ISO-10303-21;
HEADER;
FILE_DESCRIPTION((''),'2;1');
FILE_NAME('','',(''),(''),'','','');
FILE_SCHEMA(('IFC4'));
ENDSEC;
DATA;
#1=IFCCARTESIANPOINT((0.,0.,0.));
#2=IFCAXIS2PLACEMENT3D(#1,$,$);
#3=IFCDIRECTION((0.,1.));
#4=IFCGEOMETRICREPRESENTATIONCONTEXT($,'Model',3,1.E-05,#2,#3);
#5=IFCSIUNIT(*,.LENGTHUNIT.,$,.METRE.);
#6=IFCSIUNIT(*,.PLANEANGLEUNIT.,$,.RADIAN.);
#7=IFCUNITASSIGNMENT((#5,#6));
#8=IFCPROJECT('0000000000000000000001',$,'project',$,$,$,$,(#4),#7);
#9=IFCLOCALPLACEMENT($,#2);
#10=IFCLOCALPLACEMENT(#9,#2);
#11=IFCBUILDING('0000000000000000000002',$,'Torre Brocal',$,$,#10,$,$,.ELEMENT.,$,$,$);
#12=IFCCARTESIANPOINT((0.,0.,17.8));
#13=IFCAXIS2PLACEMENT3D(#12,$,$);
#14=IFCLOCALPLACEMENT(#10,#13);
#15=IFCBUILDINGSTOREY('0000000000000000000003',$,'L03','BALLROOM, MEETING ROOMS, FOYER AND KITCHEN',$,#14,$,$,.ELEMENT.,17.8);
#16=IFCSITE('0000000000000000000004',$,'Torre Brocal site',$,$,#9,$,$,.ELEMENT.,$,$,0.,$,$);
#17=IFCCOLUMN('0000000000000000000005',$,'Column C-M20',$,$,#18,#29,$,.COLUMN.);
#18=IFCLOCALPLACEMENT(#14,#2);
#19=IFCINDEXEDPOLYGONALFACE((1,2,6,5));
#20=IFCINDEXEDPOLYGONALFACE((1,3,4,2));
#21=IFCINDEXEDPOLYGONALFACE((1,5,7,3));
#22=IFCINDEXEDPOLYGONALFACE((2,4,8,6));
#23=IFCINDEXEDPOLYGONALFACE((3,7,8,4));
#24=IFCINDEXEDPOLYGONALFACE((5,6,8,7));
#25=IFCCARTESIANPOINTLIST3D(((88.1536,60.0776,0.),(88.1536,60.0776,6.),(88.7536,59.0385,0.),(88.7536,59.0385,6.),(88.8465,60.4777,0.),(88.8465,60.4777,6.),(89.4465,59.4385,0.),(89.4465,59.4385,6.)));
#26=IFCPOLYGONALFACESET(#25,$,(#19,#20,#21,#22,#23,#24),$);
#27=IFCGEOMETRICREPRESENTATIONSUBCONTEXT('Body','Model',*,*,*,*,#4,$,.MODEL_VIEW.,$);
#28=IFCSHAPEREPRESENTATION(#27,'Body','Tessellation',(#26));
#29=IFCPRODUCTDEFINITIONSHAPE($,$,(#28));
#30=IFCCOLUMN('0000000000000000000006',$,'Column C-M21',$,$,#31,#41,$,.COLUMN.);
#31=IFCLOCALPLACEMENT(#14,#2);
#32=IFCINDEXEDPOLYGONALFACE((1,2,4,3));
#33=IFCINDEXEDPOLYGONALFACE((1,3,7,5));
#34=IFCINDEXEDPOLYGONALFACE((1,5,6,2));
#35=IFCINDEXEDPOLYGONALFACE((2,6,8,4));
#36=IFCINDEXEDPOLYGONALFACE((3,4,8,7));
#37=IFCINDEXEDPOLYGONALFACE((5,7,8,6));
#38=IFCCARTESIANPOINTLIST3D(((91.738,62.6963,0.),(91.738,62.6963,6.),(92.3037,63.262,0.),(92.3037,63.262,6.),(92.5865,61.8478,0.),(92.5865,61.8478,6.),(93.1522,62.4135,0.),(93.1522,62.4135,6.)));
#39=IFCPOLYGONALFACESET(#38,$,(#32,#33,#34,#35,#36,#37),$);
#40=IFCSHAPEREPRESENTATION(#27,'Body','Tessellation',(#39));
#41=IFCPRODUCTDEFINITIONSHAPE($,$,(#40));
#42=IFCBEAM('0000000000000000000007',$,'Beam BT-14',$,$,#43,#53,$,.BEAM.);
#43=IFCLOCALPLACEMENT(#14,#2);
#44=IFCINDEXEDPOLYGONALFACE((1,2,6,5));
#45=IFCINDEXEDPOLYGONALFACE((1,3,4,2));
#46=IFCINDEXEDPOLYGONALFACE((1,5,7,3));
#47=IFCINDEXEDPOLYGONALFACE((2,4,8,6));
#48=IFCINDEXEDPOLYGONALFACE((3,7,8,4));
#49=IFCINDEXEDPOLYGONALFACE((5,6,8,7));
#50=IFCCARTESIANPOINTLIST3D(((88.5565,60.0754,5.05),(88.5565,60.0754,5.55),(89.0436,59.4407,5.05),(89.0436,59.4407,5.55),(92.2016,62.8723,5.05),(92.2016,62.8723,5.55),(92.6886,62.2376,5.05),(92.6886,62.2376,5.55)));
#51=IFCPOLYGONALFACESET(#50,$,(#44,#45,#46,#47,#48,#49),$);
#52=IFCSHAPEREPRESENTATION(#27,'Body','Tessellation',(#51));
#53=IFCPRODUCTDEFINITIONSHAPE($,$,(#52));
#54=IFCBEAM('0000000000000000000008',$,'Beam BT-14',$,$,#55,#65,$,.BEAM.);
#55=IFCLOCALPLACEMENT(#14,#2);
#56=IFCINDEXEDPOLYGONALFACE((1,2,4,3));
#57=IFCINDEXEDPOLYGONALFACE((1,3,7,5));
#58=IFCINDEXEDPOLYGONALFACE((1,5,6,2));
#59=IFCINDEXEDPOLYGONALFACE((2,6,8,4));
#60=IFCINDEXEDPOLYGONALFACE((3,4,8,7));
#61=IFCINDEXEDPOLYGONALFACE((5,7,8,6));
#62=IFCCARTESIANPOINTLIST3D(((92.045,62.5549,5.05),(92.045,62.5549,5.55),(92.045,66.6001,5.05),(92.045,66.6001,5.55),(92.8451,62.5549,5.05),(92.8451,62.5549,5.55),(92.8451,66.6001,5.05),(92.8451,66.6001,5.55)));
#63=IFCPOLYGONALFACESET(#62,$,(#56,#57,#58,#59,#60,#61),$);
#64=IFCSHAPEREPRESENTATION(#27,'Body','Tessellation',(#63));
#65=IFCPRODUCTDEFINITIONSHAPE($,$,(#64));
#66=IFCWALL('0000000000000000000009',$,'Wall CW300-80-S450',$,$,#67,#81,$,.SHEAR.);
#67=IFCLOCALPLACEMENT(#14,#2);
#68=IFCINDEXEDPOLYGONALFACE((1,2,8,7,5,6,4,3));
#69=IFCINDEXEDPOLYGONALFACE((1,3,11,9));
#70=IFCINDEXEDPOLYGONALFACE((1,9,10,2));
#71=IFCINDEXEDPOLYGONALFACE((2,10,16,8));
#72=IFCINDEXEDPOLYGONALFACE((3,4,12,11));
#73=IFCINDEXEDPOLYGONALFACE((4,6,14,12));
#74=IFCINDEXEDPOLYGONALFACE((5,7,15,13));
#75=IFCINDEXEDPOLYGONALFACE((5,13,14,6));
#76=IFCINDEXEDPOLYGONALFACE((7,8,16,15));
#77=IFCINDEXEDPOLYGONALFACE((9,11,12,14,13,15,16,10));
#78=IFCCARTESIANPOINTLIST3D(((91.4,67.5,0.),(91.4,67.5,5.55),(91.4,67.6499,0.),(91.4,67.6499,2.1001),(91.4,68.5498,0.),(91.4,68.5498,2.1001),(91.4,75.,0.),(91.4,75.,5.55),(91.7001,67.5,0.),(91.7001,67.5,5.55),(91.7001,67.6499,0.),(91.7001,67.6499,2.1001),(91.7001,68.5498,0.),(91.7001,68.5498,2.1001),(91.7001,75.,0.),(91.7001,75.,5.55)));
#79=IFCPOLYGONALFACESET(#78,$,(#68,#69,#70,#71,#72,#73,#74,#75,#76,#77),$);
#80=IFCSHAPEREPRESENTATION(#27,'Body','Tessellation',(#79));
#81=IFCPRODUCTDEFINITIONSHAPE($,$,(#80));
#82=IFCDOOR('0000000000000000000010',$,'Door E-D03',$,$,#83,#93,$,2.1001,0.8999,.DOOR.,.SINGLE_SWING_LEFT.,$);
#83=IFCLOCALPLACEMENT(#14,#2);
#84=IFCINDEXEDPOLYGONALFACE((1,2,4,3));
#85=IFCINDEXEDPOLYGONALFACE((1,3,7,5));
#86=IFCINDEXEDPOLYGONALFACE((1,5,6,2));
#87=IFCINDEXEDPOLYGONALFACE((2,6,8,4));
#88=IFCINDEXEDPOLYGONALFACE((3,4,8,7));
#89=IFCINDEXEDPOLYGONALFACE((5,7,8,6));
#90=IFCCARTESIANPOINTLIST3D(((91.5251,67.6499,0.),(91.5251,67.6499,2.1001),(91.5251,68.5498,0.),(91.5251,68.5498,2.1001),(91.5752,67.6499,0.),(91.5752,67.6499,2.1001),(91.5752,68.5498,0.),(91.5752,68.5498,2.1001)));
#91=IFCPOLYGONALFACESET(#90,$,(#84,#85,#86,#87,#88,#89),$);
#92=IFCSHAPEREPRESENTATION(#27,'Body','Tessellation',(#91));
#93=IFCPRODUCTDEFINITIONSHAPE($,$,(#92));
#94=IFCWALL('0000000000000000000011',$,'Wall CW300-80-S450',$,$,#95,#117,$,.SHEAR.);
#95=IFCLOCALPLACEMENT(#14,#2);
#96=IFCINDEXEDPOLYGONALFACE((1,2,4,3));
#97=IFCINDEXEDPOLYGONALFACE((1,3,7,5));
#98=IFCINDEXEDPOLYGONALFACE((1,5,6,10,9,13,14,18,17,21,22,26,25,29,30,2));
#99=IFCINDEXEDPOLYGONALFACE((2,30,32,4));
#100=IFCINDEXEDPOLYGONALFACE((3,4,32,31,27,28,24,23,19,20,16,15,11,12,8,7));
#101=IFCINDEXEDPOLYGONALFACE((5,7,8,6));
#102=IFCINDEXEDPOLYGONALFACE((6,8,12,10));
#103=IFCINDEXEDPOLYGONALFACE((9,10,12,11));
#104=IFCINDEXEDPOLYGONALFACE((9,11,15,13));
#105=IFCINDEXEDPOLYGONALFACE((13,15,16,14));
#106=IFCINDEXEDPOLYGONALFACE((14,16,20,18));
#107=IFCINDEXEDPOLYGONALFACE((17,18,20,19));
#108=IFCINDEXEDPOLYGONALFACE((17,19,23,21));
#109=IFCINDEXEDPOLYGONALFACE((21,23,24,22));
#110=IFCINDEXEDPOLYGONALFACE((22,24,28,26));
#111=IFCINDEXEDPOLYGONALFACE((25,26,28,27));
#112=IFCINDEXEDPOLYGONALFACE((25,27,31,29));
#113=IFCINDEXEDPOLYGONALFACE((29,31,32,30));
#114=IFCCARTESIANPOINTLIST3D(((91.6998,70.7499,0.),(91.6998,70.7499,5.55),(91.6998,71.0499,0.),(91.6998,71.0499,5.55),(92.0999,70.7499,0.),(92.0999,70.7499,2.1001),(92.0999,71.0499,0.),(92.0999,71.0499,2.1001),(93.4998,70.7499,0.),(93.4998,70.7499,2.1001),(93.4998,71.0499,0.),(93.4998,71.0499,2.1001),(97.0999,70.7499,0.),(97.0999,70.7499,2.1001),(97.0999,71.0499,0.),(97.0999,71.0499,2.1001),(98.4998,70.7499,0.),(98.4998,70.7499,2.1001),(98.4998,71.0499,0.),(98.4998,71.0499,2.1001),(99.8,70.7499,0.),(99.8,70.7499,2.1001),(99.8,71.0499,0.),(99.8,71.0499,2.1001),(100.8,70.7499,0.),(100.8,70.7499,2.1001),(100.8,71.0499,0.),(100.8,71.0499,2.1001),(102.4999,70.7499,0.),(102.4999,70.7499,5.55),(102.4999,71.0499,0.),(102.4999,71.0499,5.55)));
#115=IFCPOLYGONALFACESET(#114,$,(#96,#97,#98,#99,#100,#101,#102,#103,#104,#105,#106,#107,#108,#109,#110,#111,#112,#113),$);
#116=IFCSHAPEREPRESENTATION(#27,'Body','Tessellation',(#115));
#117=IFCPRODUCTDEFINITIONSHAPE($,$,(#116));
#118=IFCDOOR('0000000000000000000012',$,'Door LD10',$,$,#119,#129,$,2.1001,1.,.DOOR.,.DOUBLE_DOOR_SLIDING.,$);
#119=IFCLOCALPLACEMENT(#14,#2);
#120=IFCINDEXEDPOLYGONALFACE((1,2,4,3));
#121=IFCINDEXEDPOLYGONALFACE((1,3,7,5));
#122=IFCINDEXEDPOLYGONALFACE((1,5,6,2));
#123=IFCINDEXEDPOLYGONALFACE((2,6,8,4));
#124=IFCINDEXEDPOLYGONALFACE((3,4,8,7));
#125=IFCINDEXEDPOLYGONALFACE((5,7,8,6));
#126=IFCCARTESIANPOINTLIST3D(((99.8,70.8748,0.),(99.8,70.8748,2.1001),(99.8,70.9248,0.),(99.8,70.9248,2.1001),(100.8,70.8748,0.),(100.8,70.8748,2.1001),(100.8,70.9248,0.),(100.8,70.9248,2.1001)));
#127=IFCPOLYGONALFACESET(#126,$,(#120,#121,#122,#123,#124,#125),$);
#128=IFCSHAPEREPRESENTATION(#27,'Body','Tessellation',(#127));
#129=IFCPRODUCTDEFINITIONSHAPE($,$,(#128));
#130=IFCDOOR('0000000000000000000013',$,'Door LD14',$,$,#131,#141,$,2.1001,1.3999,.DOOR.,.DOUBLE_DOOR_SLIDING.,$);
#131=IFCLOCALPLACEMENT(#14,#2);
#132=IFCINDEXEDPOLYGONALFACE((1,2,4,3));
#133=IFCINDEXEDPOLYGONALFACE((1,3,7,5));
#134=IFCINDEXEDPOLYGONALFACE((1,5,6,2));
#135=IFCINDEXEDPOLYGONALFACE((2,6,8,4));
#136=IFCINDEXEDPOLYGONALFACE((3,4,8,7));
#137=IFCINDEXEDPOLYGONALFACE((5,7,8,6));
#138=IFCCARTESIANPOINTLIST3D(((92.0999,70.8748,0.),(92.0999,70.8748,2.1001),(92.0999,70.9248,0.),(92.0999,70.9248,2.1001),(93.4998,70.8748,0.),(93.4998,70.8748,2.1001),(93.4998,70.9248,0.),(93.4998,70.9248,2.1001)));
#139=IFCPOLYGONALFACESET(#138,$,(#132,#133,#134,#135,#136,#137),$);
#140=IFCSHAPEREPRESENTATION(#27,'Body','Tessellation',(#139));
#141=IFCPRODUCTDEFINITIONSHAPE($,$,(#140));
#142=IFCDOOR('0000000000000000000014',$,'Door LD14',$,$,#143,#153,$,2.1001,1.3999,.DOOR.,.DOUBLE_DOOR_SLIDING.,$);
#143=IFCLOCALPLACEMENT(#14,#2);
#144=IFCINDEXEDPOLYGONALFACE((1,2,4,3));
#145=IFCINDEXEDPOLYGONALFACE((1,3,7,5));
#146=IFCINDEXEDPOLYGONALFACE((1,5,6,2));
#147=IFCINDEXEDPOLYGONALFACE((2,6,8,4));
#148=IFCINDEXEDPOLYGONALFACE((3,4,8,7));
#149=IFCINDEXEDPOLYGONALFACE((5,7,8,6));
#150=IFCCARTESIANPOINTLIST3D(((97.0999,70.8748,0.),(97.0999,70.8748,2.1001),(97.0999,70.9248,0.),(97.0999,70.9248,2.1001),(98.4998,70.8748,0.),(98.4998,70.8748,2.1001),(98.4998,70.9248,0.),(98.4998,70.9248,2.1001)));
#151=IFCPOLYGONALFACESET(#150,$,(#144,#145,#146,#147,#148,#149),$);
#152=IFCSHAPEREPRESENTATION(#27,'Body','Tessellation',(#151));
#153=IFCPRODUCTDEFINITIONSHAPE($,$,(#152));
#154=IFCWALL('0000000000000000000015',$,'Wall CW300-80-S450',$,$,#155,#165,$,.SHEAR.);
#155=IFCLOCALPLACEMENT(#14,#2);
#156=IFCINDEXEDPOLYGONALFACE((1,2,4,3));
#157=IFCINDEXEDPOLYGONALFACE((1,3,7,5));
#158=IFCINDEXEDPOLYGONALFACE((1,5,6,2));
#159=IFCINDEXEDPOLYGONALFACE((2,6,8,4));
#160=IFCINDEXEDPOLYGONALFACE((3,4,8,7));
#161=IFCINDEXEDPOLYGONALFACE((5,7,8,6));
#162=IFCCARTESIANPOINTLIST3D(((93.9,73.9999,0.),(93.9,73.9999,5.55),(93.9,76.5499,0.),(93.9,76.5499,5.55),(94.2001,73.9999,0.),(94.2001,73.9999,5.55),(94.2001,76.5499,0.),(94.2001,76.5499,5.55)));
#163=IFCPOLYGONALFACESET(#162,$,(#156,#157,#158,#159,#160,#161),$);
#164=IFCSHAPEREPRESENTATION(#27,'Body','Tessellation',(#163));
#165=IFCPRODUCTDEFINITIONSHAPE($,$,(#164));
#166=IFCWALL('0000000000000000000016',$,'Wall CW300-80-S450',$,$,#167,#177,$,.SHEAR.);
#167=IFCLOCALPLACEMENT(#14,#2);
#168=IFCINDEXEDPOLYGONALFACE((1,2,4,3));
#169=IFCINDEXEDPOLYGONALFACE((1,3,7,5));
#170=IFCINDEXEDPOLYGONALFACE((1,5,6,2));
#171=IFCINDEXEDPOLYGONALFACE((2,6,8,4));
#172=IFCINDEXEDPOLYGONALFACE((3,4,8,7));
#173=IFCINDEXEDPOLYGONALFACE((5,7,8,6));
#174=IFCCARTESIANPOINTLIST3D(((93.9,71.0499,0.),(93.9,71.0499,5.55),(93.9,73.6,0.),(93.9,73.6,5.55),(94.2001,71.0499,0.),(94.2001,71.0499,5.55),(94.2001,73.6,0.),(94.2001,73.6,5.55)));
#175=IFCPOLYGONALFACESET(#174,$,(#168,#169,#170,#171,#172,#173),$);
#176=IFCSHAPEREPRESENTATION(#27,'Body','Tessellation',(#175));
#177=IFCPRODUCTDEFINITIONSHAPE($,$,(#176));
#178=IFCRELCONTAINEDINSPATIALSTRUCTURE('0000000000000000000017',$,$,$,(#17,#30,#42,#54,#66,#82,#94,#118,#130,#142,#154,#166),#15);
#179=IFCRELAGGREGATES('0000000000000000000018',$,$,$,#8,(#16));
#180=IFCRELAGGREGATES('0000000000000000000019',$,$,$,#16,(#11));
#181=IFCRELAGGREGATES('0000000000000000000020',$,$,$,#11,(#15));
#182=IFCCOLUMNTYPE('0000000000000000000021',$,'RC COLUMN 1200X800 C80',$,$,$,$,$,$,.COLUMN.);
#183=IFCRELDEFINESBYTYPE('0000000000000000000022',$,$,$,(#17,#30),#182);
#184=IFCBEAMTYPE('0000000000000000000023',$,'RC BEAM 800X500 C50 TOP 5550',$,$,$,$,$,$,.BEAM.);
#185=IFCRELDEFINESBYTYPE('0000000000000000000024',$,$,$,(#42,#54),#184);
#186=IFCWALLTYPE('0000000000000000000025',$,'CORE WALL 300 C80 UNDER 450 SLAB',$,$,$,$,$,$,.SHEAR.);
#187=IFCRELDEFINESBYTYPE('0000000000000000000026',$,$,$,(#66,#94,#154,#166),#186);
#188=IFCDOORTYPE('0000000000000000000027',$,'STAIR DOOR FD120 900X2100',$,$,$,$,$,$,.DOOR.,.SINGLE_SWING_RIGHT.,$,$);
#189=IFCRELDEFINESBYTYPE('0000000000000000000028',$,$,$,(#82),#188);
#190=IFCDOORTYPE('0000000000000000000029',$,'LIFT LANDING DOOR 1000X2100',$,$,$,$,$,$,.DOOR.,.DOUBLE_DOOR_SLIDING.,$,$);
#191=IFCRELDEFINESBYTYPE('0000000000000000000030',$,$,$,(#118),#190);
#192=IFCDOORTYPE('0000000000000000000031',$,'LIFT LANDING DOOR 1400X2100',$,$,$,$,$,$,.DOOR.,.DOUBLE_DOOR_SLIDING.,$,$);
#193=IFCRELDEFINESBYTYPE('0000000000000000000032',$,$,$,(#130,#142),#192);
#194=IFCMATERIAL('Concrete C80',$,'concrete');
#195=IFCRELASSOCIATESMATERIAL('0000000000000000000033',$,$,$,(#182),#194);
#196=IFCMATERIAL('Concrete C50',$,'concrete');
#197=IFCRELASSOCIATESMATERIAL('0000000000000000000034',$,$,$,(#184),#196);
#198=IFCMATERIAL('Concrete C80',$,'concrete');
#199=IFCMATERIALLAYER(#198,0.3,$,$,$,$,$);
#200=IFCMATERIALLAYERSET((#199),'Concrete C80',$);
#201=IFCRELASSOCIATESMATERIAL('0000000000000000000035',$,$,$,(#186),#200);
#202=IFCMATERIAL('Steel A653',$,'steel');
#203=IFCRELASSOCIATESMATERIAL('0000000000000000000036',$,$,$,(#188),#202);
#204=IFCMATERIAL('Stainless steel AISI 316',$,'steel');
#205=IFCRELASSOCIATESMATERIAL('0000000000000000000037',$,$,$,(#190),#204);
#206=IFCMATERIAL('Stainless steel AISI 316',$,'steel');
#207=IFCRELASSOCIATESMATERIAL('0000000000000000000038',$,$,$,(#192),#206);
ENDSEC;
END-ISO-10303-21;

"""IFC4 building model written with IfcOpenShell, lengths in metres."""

from ifc_helpers import new_model, si_unit, direction, frame, frame_2d, origin, origin_2d, place, context, subcontext, project, spatial, rectangle, extrude, material, layer, layer_set, material_profile, profile_set, type_object, element, fill, save


model = new_model("IFC4")

# Units and contexts
model_context = context("Model", 3, precision=1e-05, world=origin(), true_north=direction((0.0, 1.0)))
body_context = subcontext(model_context, "Body", "Model", "MODEL_VIEW")
ifc_project = project(units=[si_unit("LENGTHUNIT", "METRE"), si_unit("PLANEANGLEUNIT", "RADIAN")], contexts=[model_context])

# Site, building, storey
site_placement = place(None, origin())
site = spatial("IfcSite", under=ifc_project, at=site_placement, Name="Torre Brocal site", CompositionType="ELEMENT", RefElevation=0.0)
building_placement = place(site_placement, origin())
building = spatial("IfcBuilding", under=site, at=building_placement, Name="Torre Brocal", CompositionType="ELEMENT")
storey_placement = place(building_placement, frame((0.0, 0.0, 17.8)))
storey = spatial("IfcBuildingStorey", under=building, at=storey_placement, Name="L03", Description="BALLROOM, MEETING ROOMS, FOYER AND KITCHEN", CompositionType="ELEMENT", Elevation=17.8)

# Columns
ifc_material_1 = material(Name="Concrete C80", Category="concrete")
ifc_material_profile_1 = material_profile(ifc_material_1, rectangle(XDim=1.2, YDim=0.8, at=origin_2d()), Name="RC 1200X800")
ifc_profile_set_1 = profile_set([ifc_material_profile_1], Name="Concrete C80")
column_type = type_object("IfcColumnType", Name="RC COLUMN 1200X800 C80", PredefinedType="COLUMN", material=ifc_profile_set_1)
for number, where, z_axis, x_axis, name in (
    (1, (88.8, 59.7581, 0.0), (0.0, 0.0, 1.0), (0.5, -0.866025, 0.0), "Column C-M20"),
    (2, (92.4451, 62.5549, 0.0), (0.0, 0.0, 1.0), (0.707107, -0.707107, 0.0), "Column C-M21"),
):
    element("IfcColumn", number, at=place(storey_placement, frame(where, z_axis=z_axis, x_axis=x_axis)), inside=storey, type_object=column_type, Name=name, PredefinedType="COLUMN", context=body_context, shape_type="SweptSolid", body=[
        extrude(rectangle(XDim=1.2, YDim=0.8, at=origin_2d()), origin(), (0.0, 0.0, 1.0), 6.0),
    ])

# Beams
ifc_material_2 = material(Name="Concrete C50", Category="concrete")
ifc_material_profile_2 = material_profile(ifc_material_2, rectangle(XDim=0.8, YDim=0.5, at=origin_2d()), Name="RC 800X500")
ifc_profile_set_2 = profile_set([ifc_material_profile_2], Name="Concrete C50")
beam_type = type_object("IfcBeamType", Name="RC BEAM 800X500 C50 TOP 5550", PredefinedType="BEAM", material=ifc_profile_set_2)
beam_1_placement = place(storey_placement, frame((88.8, 59.7581, 5.3), z_axis=(0.793358, 0.608755, 0.0), x_axis=(-0.608755, 0.793358, 0.0)))
element("IfcBeam", 3, at=beam_1_placement, inside=storey, type_object=beam_type, Name="Beam BT-14", PredefinedType="BEAM", context=body_context, shape_type="SweptSolid", body=[
    extrude(rectangle(XDim=0.8, YDim=0.5, at=origin_2d()), origin(), (0.0, 0.0, 1.0), 4.5945),
])
beam_2_placement = place(storey_placement, frame((92.4451, 62.5549, 5.3), z_axis=(0.0, 1.0, 0.0), x_axis=(-1.0, 0.0, 0.0)))
element("IfcBeam", 4, at=beam_2_placement, inside=storey, type_object=beam_type, Name="Beam BT-14", PredefinedType="BEAM", context=body_context, shape_type="SweptSolid", body=[
    extrude(rectangle(XDim=0.8, YDim=0.5, at=origin_2d()), origin(), (0.0, 0.0, 1.0), 4.0452),
])

# Wall, opening, door
ifc_material_3 = material(Name="Concrete C80", Category="concrete")
ifc_layer_1 = layer(ifc_material_3, 0.3)
ifc_layer_set_1 = layer_set([ifc_layer_1], Name="Concrete C80")
wall_type_1 = type_object("IfcWallType", Name="CORE WALL 300 C80 UNDER 450 SLAB", PredefinedType="SHEAR", material=ifc_layer_set_1)
wall_1_placement = place(storey_placement, frame((91.55, 67.5, 0.0), z_axis=(0.0, 0.0, 1.0), x_axis=(0.0, 1.0, 0.0)))
wall_1 = element("IfcWall", 5, at=wall_1_placement, inside=storey, type_object=wall_type_1, Name="Wall CW300-80-S450", PredefinedType="SHEAR", context=body_context, shape_type="SweptSolid", body=[
    extrude(rectangle(XDim=7.5, YDim=0.3, at=frame_2d((3.75, 0.0))), origin(), (0.0, 0.0, 1.0), 5.55),
])
opening_1_placement = place(wall_1_placement, frame((0.1499, 0.0, 0.0)))
opening_1 = element("IfcOpeningElement", 6, at=opening_1_placement, cuts=wall_1, PredefinedType="OPENING", context=body_context, shape_type="SweptSolid", body=[
    extrude(rectangle(XDim=0.8999, YDim=2.1001, at=frame_2d((0.45, 1.05))), frame((0.0, 0.1599, 0.0), z_axis=(0.0, -1.0, 0.0), x_axis=(1.0, 0.0, 0.0)), (0.0, 0.0, 1.0), 0.3201),
])
ifc_material_4 = material(Name="Steel A653", Category="steel")
door_type_1 = type_object("IfcDoorType", Name="STAIR DOOR FD120 900X2100", OperationType="SINGLE_SWING_RIGHT", PredefinedType="DOOR", material=ifc_material_4)
door_1_placement = place(opening_1_placement, origin())
door_1 = element("IfcDoor", 7, at=door_1_placement, inside=storey, type_object=door_type_1, Name="Door E-D03", OperationType="SINGLE_SWING_LEFT", OverallHeight=2.1001, OverallWidth=0.8999, PredefinedType="DOOR", context=body_context, shape_type="SweptSolid", body=[
    extrude(rectangle(XDim=0.8999, YDim=2.1001, at=frame_2d((0.45, 1.05))), frame((0.0, 0.0249, 0.0), z_axis=(0.0, -1.0, 0.0), x_axis=(1.0, 0.0, 0.0)), (0.0, 0.0, 1.0), 0.05),
])
fill(opening_1, door_1)

# Wall, openings, doors
wall_2_placement = place(storey_placement, frame((91.7, 70.8999, 0.0), z_axis=(0.0, 0.0, 1.0), x_axis=(1.0, 0.0, 0.0)))
wall_2 = element("IfcWall", 8, at=wall_2_placement, inside=storey, type_object=wall_type_1, Name="Wall CW300-80-S450", PredefinedType="SHEAR", context=body_context, shape_type="SweptSolid", body=[
    extrude(rectangle(XDim=10.8, YDim=0.3, at=frame_2d((5.3999, 0.0))), origin(), (0.0, 0.0, 1.0), 5.55),
])
opening_2_placement = place(wall_2_placement, frame((0.3999, 0.0, 0.0)))
opening_2 = element("IfcOpeningElement", 9, at=opening_2_placement, cuts=wall_2, PredefinedType="OPENING", context=body_context, shape_type="SweptSolid", body=[
    extrude(rectangle(XDim=1.3999, YDim=2.1001, at=frame_2d((0.7, 1.05))), frame((0.0, 0.1599, 0.0), z_axis=(0.0, -1.0, 0.0), x_axis=(1.0, 0.0, 0.0)), (0.0, 0.0, 1.0), 0.3201),
])
opening_3_placement = place(wall_2_placement, frame((5.3999, 0.0, 0.0)))
opening_3 = element("IfcOpeningElement", 10, at=opening_3_placement, cuts=wall_2, PredefinedType="OPENING", context=body_context, shape_type="SweptSolid", body=[
    extrude(rectangle(XDim=1.3999, YDim=2.1001, at=frame_2d((0.7, 1.05))), frame((0.0, 0.1599, 0.0), z_axis=(0.0, -1.0, 0.0), x_axis=(1.0, 0.0, 0.0)), (0.0, 0.0, 1.0), 0.3201),
])
opening_4_placement = place(wall_2_placement, frame((8.1001, 0.0, 0.0)))
opening_4 = element("IfcOpeningElement", 11, at=opening_4_placement, cuts=wall_2, PredefinedType="OPENING", context=body_context, shape_type="SweptSolid", body=[
    extrude(rectangle(XDim=1.0, YDim=2.1001, at=frame_2d((0.5, 1.05))), frame((0.0, 0.1599, 0.0), z_axis=(0.0, -1.0, 0.0), x_axis=(1.0, 0.0, 0.0)), (0.0, 0.0, 1.0), 0.3201),
])
ifc_material_5 = material(Name="Stainless steel AISI 316", Category="steel")
door_type_2 = type_object("IfcDoorType", Name="LIFT LANDING DOOR 1000X2100", OperationType="DOUBLE_DOOR_SLIDING", PredefinedType="DOOR", material=ifc_material_5)
door_2_placement = place(opening_4_placement, origin())
door_2 = element("IfcDoor", 12, at=door_2_placement, inside=storey, type_object=door_type_2, Name="Door LD10", OperationType="DOUBLE_DOOR_SLIDING", OverallHeight=2.1001, OverallWidth=1.0, PredefinedType="DOOR", context=body_context, shape_type="SweptSolid", body=[
    extrude(rectangle(XDim=1.0, YDim=2.1001, at=frame_2d((0.5, 1.05))), frame((0.0, 0.0249, 0.0), z_axis=(0.0, -1.0, 0.0), x_axis=(1.0, 0.0, 0.0)), (0.0, 0.0, 1.0), 0.05),
])
fill(opening_4, door_2)
ifc_material_6 = material(Name="Stainless steel AISI 316", Category="steel")
door_type_3 = type_object("IfcDoorType", Name="LIFT LANDING DOOR 1400X2100", OperationType="DOUBLE_DOOR_SLIDING", PredefinedType="DOOR", material=ifc_material_6)
door_3_placement = place(opening_2_placement, origin())
door_3 = element("IfcDoor", 13, at=door_3_placement, inside=storey, type_object=door_type_3, Name="Door LD14", OperationType="DOUBLE_DOOR_SLIDING", OverallHeight=2.1001, OverallWidth=1.3999, PredefinedType="DOOR", context=body_context, shape_type="SweptSolid", body=[
    extrude(rectangle(XDim=1.3999, YDim=2.1001, at=frame_2d((0.7, 1.05))), frame((0.0, 0.0249, 0.0), z_axis=(0.0, -1.0, 0.0), x_axis=(1.0, 0.0, 0.0)), (0.0, 0.0, 1.0), 0.05),
])
fill(opening_2, door_3)
door_4_placement = place(opening_3_placement, origin())
door_4 = element("IfcDoor", 14, at=door_4_placement, inside=storey, type_object=door_type_3, Name="Door LD14", OperationType="DOUBLE_DOOR_SLIDING", OverallHeight=2.1001, OverallWidth=1.3999, PredefinedType="DOOR", context=body_context, shape_type="SweptSolid", body=[
    extrude(rectangle(XDim=1.3999, YDim=2.1001, at=frame_2d((0.7, 1.05))), frame((0.0, 0.0249, 0.0), z_axis=(0.0, -1.0, 0.0), x_axis=(1.0, 0.0, 0.0)), (0.0, 0.0, 1.0), 0.05),
])
fill(opening_3, door_4)

# Walls
for number, where, z_axis, x_axis, name in (
    (15, (94.05, 74.0, 0.0), (0.0, 0.0, 1.0), (0.0, 1.0, 0.0), "Wall CW300-80-S450"),
    (16, (94.05, 71.05, 0.0), (0.0, 0.0, 1.0), (0.0, 1.0, 0.0), "Wall CW300-80-S450"),
):
    element("IfcWall", number, at=place(storey_placement, frame(where, z_axis=z_axis, x_axis=x_axis)), inside=storey, type_object=wall_type_1, Name=name, PredefinedType="SHEAR", context=body_context, shape_type="SweptSolid", body=[
        extrude(rectangle(XDim=2.55, YDim=0.3, at=frame_2d((1.2749, 0.0))), origin(), (0.0, 0.0, 1.0), 5.55),
    ])

save(model, "model.ifc")
